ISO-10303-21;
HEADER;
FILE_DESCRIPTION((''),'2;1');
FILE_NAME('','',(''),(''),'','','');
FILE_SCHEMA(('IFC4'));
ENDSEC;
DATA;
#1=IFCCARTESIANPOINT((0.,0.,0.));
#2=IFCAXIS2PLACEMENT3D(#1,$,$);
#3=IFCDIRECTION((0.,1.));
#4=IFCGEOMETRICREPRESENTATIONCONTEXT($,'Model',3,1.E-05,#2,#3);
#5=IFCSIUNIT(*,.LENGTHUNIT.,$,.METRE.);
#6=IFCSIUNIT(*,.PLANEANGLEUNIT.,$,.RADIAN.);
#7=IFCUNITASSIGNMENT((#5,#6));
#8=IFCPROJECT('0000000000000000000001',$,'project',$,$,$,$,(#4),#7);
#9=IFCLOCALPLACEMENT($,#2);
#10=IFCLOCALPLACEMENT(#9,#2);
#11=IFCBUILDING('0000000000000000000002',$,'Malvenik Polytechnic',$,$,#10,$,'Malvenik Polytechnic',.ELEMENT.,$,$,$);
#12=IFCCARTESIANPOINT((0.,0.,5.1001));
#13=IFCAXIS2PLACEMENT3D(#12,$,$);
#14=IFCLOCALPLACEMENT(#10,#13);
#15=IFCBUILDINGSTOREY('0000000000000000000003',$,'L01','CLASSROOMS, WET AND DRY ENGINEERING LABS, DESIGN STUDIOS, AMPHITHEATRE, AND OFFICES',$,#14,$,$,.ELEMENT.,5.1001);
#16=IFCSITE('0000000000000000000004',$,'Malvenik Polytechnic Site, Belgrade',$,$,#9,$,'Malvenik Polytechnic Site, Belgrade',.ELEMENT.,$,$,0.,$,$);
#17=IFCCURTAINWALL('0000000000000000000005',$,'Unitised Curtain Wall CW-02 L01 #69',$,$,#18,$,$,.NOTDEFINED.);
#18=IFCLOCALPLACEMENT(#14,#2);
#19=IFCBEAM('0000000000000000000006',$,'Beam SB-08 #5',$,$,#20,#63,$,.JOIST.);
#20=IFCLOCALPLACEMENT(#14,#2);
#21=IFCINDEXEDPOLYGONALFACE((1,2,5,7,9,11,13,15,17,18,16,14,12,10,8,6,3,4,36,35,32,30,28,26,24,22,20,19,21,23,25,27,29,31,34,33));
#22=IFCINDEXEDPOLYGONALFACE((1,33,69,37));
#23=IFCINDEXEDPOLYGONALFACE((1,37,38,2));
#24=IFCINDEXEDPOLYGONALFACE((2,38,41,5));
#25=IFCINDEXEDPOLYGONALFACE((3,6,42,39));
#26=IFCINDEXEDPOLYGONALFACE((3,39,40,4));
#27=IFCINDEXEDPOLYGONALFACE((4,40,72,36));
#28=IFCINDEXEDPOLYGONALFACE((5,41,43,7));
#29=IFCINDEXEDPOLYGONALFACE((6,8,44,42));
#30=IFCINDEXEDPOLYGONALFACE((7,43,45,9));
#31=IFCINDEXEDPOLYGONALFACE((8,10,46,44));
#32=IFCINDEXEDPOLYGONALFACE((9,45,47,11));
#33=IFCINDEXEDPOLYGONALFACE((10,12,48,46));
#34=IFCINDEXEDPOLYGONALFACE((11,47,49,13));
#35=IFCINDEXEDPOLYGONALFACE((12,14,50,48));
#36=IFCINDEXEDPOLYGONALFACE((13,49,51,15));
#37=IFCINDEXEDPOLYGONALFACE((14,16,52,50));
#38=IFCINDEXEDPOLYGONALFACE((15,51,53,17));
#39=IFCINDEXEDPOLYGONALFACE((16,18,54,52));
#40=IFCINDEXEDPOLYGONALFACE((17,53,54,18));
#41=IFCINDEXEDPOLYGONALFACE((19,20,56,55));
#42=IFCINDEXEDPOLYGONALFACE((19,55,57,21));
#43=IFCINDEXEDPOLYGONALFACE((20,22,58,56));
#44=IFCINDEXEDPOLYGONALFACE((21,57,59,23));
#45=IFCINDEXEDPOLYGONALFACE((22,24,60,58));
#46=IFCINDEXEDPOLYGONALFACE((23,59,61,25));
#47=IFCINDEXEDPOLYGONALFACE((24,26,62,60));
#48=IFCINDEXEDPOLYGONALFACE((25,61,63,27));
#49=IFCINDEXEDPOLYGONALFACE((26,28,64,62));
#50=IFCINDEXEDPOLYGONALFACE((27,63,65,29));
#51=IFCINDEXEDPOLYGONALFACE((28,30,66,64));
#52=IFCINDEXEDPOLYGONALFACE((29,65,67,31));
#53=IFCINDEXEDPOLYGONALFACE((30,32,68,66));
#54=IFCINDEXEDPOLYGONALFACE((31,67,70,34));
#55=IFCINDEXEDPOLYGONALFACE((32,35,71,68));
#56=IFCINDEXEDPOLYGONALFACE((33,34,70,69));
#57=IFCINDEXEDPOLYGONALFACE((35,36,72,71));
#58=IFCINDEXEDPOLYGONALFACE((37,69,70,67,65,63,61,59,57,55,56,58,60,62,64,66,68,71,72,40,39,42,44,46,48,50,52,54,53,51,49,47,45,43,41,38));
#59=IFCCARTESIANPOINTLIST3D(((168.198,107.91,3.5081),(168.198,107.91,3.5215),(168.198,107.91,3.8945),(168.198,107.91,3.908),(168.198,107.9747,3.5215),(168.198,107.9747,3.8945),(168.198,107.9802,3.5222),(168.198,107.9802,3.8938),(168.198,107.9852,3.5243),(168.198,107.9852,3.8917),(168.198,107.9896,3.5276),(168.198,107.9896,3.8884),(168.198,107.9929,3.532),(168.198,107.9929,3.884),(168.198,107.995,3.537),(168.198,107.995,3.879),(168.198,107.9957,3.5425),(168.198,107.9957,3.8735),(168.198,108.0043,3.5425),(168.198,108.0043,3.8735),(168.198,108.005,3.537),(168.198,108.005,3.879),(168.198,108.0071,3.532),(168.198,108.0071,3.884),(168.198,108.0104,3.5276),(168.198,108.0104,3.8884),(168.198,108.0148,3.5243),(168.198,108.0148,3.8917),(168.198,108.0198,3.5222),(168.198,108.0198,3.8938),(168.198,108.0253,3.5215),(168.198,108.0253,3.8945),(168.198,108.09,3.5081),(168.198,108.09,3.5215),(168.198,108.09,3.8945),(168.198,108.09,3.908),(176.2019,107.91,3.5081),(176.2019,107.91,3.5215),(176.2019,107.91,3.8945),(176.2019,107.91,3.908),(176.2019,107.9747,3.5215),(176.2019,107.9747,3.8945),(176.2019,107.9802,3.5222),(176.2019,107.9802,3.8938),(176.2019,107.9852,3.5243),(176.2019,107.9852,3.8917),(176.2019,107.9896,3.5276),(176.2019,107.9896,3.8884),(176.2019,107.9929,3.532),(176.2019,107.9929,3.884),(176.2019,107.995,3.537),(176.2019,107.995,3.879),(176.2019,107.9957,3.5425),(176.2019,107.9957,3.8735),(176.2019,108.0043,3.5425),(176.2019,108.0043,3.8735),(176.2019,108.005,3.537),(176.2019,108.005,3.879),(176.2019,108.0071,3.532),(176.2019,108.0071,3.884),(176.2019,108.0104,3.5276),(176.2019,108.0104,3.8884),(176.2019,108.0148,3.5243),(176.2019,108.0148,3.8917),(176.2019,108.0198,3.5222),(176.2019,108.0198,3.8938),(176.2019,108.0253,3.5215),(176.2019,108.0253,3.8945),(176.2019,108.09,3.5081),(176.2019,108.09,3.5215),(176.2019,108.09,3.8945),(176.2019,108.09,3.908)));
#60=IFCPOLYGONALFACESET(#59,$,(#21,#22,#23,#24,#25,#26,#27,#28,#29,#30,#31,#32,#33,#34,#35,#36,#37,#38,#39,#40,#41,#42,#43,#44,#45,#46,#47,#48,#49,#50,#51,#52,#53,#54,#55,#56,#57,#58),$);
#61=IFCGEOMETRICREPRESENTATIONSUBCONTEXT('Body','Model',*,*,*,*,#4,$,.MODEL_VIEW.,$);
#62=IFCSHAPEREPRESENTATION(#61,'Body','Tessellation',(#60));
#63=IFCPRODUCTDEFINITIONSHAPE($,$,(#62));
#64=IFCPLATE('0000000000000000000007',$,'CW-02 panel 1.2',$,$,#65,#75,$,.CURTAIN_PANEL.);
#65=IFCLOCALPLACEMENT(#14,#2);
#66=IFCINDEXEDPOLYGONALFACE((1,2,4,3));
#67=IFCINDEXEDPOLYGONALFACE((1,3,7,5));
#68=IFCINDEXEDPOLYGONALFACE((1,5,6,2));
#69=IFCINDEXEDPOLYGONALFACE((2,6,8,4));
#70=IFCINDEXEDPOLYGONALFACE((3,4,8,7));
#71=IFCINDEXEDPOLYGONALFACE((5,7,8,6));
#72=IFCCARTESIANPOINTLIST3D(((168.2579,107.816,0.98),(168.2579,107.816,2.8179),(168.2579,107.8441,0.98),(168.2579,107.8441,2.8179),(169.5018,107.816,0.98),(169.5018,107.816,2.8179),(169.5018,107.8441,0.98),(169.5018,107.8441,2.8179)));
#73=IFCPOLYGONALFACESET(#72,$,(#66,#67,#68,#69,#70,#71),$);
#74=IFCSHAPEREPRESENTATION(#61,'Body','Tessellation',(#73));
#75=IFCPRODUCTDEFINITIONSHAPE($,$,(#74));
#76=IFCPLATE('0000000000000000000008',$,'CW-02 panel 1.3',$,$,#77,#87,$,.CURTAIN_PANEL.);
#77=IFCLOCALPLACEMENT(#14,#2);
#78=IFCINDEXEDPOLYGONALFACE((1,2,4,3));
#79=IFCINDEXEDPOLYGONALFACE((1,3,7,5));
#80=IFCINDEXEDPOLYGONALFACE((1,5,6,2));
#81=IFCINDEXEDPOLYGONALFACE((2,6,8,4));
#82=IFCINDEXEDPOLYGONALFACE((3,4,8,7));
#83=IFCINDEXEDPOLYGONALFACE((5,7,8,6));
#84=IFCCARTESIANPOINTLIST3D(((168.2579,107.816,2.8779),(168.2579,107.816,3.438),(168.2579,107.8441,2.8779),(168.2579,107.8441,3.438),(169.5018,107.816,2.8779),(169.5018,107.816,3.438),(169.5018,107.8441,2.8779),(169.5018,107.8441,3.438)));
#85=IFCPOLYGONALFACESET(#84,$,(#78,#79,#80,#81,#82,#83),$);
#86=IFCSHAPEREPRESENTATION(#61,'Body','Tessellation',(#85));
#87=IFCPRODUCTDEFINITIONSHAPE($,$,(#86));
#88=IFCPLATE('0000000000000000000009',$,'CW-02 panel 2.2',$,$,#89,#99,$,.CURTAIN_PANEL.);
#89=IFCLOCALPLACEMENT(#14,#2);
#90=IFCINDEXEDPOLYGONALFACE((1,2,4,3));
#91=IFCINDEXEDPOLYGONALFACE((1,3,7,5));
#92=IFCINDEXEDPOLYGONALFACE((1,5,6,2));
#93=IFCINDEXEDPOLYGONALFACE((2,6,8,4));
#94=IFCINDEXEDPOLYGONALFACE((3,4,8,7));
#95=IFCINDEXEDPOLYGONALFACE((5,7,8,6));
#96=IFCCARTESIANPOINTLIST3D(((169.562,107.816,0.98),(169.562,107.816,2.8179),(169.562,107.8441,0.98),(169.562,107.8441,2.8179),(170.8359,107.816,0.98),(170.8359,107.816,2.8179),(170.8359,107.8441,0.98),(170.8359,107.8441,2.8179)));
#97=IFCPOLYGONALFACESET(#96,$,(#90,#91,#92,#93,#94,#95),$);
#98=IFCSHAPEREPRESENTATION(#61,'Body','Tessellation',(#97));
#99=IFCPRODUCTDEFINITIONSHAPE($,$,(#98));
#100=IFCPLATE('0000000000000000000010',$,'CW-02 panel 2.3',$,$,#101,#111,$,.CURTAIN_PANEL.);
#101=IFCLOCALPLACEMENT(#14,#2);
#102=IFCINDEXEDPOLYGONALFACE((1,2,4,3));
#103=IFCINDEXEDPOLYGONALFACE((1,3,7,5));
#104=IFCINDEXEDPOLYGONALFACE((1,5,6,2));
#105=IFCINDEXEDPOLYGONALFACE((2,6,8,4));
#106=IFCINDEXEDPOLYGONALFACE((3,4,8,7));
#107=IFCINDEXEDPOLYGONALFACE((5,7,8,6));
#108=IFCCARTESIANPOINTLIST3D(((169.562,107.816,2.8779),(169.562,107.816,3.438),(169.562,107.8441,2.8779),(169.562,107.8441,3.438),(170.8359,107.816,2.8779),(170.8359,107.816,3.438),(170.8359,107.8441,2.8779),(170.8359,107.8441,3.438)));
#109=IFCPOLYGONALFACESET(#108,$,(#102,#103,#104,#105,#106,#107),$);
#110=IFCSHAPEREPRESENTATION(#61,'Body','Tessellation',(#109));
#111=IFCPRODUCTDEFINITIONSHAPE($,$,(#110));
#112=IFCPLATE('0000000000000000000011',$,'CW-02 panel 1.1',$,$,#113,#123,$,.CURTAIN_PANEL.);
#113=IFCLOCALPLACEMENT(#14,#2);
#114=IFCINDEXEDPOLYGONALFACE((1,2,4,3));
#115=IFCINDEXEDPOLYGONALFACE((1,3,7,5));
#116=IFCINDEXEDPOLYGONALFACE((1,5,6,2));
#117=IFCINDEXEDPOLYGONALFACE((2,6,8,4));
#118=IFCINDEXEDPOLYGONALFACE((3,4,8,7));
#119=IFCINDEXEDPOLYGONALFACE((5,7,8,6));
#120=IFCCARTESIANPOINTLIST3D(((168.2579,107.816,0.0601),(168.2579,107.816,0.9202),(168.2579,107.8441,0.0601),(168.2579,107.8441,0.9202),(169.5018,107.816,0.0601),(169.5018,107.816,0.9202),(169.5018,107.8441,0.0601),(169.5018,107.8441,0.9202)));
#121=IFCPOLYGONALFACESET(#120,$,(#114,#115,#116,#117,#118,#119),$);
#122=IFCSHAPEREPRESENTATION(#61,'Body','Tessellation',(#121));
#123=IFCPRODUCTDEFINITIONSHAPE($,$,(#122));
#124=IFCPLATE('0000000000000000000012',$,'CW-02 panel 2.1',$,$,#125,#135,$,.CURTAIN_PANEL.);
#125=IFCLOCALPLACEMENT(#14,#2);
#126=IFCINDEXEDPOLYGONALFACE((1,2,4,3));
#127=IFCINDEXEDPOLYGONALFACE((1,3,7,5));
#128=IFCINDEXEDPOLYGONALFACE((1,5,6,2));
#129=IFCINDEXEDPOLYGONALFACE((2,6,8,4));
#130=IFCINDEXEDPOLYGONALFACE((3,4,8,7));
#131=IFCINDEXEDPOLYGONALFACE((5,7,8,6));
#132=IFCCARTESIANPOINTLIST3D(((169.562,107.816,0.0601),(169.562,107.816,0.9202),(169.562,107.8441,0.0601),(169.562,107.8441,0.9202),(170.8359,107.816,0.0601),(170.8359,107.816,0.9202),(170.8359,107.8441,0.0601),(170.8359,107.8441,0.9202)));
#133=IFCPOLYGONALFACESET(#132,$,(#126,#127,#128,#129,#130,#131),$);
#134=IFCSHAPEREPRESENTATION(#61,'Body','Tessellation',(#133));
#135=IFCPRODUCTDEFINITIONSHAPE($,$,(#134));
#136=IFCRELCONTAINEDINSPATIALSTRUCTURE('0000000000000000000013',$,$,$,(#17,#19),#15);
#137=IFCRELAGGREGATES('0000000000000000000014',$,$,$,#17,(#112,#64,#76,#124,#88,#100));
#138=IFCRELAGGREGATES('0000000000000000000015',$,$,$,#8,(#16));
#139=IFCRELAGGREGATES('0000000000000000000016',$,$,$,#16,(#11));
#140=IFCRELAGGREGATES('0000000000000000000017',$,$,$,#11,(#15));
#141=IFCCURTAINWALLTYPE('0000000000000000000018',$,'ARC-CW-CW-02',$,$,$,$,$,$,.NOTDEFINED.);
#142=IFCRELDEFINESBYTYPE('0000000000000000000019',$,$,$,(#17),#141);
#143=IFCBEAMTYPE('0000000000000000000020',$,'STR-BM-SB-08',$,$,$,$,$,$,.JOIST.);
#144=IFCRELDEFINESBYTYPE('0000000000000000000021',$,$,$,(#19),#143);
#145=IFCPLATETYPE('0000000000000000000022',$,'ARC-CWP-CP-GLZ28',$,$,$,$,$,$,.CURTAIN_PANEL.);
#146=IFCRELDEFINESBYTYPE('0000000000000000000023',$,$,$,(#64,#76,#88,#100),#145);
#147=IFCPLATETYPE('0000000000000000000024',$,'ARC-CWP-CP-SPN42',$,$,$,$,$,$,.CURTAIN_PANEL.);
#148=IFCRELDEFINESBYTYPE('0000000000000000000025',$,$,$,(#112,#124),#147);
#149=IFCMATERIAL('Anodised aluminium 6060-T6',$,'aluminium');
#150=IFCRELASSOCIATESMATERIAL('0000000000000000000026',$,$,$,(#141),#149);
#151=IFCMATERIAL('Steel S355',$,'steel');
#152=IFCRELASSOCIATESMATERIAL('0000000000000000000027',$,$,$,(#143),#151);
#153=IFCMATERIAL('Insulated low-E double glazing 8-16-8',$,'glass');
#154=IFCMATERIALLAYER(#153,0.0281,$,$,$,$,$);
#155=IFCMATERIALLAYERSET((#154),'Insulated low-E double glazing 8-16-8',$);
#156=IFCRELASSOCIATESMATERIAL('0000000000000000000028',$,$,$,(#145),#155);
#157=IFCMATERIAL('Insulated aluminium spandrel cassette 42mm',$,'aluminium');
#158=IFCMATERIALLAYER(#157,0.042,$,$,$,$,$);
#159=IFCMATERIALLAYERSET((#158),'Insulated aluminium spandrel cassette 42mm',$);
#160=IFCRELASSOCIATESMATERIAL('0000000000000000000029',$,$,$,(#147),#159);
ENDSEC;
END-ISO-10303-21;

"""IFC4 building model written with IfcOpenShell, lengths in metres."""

from ifc_helpers import new_model, si_unit, direction, frame, origin, origin_2d, place, context, subcontext, project, spatial, rectangle, i_section, extrude, material, layer, layer_set, material_profile, profile_set, type_object, element, aggregate, save


model = new_model("IFC4")

# Units and contexts
model_context = context("Model", 3, precision=1e-05, world=origin(), true_north=direction((0.0, 1.0)))
body_context = subcontext(model_context, "Body", "Model", "MODEL_VIEW")
ifc_project = project(units=[si_unit("LENGTHUNIT", "METRE"), si_unit("PLANEANGLEUNIT", "RADIAN")], contexts=[model_context])

# Site, building, storey
site_placement = place(None, origin())
site = spatial("IfcSite", under=ifc_project, at=site_placement, Name="Malvenik Polytechnic Site, Belgrade", LongName="Malvenik Polytechnic Site, Belgrade", CompositionType="ELEMENT", RefElevation=0.0)
building_placement = place(site_placement, origin())
building = spatial("IfcBuilding", under=site, at=building_placement, Name="Malvenik Polytechnic", LongName="Malvenik Polytechnic", CompositionType="ELEMENT")
storey_placement = place(building_placement, frame((0.0, 0.0, 5.1001)))
storey = spatial("IfcBuildingStorey", under=building, at=storey_placement, Name="L01", Description="CLASSROOMS, WET AND DRY ENGINEERING LABS, DESIGN STUDIOS, AMPHITHEATRE, AND OFFICES", CompositionType="ELEMENT", Elevation=5.1001)

# Curtain wall
ifc_material_1 = material(Name="Anodised aluminium 6060-T6", Category="aluminium")
curtain_wall_type = type_object("IfcCurtainWallType", Name="ARC-CW-CW-02", PredefinedType="NOTDEFINED", material=ifc_material_1)
curtain_wall_placement = place(storey_placement, origin())
curtain_wall = element("IfcCurtainWall", 1, at=curtain_wall_placement, inside=storey, type_object=curtain_wall_type, Name="Unitised Curtain Wall CW-02 L01 #69", PredefinedType="NOTDEFINED")

# Beam
ifc_material_2 = material(Name="Steel S355", Category="steel")
ifc_material_profile_1 = material_profile(ifc_material_2, i_section(OverallWidth=0.1799, OverallDepth=0.3999, WebThickness=0.0085, FlangeThickness=0.0134, FilletRadius=0.021, at=origin_2d()), Name="IPE 400")
ifc_profile_set_1 = profile_set([ifc_material_profile_1], Name="Steel S355")
beam_type = type_object("IfcBeamType", Name="STR-BM-SB-08", PredefinedType="JOIST", material=ifc_profile_set_1)
beam_placement = place(storey_placement, frame((168.198, 108.0, 3.708), z_axis=(1.0, 0.0, 0.0), x_axis=(0.0, 1.0, 0.0)))
element("IfcBeam", 2, at=beam_placement, inside=storey, type_object=beam_type, Name="Beam SB-08 #5", PredefinedType="JOIST", context=body_context, shape_type="SweptSolid", body=[
    extrude(i_section(OverallWidth=0.1799, OverallDepth=0.3999, WebThickness=0.0085, FlangeThickness=0.0134, FilletRadius=0.021, at=origin_2d()), origin(), (0.0, 0.0, 1.0), 8.0039),
])

# Plates
ifc_material_3 = material(Name="Insulated low-E double glazing 8-16-8", Category="glass")
ifc_layer_1 = layer(ifc_material_3, 0.0281)
ifc_layer_set_1 = layer_set([ifc_layer_1], Name="Insulated low-E double glazing 8-16-8")
plate_type_1 = type_object("IfcPlateType", Name="ARC-CWP-CP-GLZ28", PredefinedType="CURTAIN_PANEL", material=ifc_layer_set_1)
plate_1_placement = place(storey_placement, frame((168.8799, 107.8301, 0.98), z_axis=(0.0, 0.0, 1.0), x_axis=(1.0, 0.0, 0.0)))
plate_1 = element("IfcPlate", 3, at=plate_1_placement, type_object=plate_type_1, Name="CW-02 panel 1.2", PredefinedType="CURTAIN_PANEL", context=body_context, shape_type="SweptSolid", body=[
    extrude(rectangle(XDim=1.2439, YDim=0.0281, at=origin_2d()), origin(), (0.0, 0.0, 1.0), 1.8379),
])
plate_2_placement = place(storey_placement, frame((168.8799, 107.8301, 2.8779), z_axis=(0.0, 0.0, 1.0), x_axis=(1.0, 0.0, 0.0)))
plate_2 = element("IfcPlate", 4, at=plate_2_placement, type_object=plate_type_1, Name="CW-02 panel 1.3", PredefinedType="CURTAIN_PANEL", context=body_context, shape_type="SweptSolid", body=[
    extrude(rectangle(XDim=1.2439, YDim=0.0281, at=origin_2d()), origin(), (0.0, 0.0, 1.0), 0.5601),
])
plate_3_placement = place(storey_placement, frame((170.199, 107.8301, 0.98), z_axis=(0.0, 0.0, 1.0), x_axis=(1.0, 0.0, 0.0)))
plate_3 = element("IfcPlate", 5, at=plate_3_placement, type_object=plate_type_1, Name="CW-02 panel 2.2", PredefinedType="CURTAIN_PANEL", context=body_context, shape_type="SweptSolid", body=[
    extrude(rectangle(XDim=1.2739, YDim=0.0281, at=origin_2d()), origin(), (0.0, 0.0, 1.0), 1.8379),
])
plate_4_placement = place(storey_placement, frame((170.199, 107.8301, 2.8779), z_axis=(0.0, 0.0, 1.0), x_axis=(1.0, 0.0, 0.0)))
plate_4 = element("IfcPlate", 6, at=plate_4_placement, type_object=plate_type_1, Name="CW-02 panel 2.3", PredefinedType="CURTAIN_PANEL", context=body_context, shape_type="SweptSolid", body=[
    extrude(rectangle(XDim=1.2739, YDim=0.0281, at=origin_2d()), origin(), (0.0, 0.0, 1.0), 0.5601),
])
ifc_material_4 = material(Name="Insulated aluminium spandrel cassette 42mm", Category="aluminium")
ifc_layer_2 = layer(ifc_material_4, 0.042)
ifc_layer_set_2 = layer_set([ifc_layer_2], Name="Insulated aluminium spandrel cassette 42mm")
plate_type_2 = type_object("IfcPlateType", Name="ARC-CWP-CP-SPN42", PredefinedType="CURTAIN_PANEL", material=ifc_layer_set_2)
plate_5_placement = place(storey_placement, frame((168.8799, 107.8301, 0.0601), z_axis=(0.0, 0.0, 1.0), x_axis=(1.0, 0.0, 0.0)))
plate_5 = element("IfcPlate", 7, at=plate_5_placement, type_object=plate_type_2, Name="CW-02 panel 1.1", PredefinedType="CURTAIN_PANEL", context=body_context, shape_type="SweptSolid", body=[
    extrude(rectangle(XDim=1.2439, YDim=0.0281, at=origin_2d()), origin(), (0.0, 0.0, 1.0), 0.8601),
])
plate_6_placement = place(storey_placement, frame((170.199, 107.8301, 0.0601), z_axis=(0.0, 0.0, 1.0), x_axis=(1.0, 0.0, 0.0)))
plate_6 = element("IfcPlate", 8, at=plate_6_placement, type_object=plate_type_2, Name="CW-02 panel 2.1", PredefinedType="CURTAIN_PANEL", context=body_context, shape_type="SweptSolid", body=[
    extrude(rectangle(XDim=1.2739, YDim=0.0281, at=origin_2d()), origin(), (0.0, 0.0, 1.0), 0.8601),
])
aggregate(curtain_wall, [plate_5, plate_1, plate_2, plate_6, plate_3, plate_4])

save(model, "model.ifc")
